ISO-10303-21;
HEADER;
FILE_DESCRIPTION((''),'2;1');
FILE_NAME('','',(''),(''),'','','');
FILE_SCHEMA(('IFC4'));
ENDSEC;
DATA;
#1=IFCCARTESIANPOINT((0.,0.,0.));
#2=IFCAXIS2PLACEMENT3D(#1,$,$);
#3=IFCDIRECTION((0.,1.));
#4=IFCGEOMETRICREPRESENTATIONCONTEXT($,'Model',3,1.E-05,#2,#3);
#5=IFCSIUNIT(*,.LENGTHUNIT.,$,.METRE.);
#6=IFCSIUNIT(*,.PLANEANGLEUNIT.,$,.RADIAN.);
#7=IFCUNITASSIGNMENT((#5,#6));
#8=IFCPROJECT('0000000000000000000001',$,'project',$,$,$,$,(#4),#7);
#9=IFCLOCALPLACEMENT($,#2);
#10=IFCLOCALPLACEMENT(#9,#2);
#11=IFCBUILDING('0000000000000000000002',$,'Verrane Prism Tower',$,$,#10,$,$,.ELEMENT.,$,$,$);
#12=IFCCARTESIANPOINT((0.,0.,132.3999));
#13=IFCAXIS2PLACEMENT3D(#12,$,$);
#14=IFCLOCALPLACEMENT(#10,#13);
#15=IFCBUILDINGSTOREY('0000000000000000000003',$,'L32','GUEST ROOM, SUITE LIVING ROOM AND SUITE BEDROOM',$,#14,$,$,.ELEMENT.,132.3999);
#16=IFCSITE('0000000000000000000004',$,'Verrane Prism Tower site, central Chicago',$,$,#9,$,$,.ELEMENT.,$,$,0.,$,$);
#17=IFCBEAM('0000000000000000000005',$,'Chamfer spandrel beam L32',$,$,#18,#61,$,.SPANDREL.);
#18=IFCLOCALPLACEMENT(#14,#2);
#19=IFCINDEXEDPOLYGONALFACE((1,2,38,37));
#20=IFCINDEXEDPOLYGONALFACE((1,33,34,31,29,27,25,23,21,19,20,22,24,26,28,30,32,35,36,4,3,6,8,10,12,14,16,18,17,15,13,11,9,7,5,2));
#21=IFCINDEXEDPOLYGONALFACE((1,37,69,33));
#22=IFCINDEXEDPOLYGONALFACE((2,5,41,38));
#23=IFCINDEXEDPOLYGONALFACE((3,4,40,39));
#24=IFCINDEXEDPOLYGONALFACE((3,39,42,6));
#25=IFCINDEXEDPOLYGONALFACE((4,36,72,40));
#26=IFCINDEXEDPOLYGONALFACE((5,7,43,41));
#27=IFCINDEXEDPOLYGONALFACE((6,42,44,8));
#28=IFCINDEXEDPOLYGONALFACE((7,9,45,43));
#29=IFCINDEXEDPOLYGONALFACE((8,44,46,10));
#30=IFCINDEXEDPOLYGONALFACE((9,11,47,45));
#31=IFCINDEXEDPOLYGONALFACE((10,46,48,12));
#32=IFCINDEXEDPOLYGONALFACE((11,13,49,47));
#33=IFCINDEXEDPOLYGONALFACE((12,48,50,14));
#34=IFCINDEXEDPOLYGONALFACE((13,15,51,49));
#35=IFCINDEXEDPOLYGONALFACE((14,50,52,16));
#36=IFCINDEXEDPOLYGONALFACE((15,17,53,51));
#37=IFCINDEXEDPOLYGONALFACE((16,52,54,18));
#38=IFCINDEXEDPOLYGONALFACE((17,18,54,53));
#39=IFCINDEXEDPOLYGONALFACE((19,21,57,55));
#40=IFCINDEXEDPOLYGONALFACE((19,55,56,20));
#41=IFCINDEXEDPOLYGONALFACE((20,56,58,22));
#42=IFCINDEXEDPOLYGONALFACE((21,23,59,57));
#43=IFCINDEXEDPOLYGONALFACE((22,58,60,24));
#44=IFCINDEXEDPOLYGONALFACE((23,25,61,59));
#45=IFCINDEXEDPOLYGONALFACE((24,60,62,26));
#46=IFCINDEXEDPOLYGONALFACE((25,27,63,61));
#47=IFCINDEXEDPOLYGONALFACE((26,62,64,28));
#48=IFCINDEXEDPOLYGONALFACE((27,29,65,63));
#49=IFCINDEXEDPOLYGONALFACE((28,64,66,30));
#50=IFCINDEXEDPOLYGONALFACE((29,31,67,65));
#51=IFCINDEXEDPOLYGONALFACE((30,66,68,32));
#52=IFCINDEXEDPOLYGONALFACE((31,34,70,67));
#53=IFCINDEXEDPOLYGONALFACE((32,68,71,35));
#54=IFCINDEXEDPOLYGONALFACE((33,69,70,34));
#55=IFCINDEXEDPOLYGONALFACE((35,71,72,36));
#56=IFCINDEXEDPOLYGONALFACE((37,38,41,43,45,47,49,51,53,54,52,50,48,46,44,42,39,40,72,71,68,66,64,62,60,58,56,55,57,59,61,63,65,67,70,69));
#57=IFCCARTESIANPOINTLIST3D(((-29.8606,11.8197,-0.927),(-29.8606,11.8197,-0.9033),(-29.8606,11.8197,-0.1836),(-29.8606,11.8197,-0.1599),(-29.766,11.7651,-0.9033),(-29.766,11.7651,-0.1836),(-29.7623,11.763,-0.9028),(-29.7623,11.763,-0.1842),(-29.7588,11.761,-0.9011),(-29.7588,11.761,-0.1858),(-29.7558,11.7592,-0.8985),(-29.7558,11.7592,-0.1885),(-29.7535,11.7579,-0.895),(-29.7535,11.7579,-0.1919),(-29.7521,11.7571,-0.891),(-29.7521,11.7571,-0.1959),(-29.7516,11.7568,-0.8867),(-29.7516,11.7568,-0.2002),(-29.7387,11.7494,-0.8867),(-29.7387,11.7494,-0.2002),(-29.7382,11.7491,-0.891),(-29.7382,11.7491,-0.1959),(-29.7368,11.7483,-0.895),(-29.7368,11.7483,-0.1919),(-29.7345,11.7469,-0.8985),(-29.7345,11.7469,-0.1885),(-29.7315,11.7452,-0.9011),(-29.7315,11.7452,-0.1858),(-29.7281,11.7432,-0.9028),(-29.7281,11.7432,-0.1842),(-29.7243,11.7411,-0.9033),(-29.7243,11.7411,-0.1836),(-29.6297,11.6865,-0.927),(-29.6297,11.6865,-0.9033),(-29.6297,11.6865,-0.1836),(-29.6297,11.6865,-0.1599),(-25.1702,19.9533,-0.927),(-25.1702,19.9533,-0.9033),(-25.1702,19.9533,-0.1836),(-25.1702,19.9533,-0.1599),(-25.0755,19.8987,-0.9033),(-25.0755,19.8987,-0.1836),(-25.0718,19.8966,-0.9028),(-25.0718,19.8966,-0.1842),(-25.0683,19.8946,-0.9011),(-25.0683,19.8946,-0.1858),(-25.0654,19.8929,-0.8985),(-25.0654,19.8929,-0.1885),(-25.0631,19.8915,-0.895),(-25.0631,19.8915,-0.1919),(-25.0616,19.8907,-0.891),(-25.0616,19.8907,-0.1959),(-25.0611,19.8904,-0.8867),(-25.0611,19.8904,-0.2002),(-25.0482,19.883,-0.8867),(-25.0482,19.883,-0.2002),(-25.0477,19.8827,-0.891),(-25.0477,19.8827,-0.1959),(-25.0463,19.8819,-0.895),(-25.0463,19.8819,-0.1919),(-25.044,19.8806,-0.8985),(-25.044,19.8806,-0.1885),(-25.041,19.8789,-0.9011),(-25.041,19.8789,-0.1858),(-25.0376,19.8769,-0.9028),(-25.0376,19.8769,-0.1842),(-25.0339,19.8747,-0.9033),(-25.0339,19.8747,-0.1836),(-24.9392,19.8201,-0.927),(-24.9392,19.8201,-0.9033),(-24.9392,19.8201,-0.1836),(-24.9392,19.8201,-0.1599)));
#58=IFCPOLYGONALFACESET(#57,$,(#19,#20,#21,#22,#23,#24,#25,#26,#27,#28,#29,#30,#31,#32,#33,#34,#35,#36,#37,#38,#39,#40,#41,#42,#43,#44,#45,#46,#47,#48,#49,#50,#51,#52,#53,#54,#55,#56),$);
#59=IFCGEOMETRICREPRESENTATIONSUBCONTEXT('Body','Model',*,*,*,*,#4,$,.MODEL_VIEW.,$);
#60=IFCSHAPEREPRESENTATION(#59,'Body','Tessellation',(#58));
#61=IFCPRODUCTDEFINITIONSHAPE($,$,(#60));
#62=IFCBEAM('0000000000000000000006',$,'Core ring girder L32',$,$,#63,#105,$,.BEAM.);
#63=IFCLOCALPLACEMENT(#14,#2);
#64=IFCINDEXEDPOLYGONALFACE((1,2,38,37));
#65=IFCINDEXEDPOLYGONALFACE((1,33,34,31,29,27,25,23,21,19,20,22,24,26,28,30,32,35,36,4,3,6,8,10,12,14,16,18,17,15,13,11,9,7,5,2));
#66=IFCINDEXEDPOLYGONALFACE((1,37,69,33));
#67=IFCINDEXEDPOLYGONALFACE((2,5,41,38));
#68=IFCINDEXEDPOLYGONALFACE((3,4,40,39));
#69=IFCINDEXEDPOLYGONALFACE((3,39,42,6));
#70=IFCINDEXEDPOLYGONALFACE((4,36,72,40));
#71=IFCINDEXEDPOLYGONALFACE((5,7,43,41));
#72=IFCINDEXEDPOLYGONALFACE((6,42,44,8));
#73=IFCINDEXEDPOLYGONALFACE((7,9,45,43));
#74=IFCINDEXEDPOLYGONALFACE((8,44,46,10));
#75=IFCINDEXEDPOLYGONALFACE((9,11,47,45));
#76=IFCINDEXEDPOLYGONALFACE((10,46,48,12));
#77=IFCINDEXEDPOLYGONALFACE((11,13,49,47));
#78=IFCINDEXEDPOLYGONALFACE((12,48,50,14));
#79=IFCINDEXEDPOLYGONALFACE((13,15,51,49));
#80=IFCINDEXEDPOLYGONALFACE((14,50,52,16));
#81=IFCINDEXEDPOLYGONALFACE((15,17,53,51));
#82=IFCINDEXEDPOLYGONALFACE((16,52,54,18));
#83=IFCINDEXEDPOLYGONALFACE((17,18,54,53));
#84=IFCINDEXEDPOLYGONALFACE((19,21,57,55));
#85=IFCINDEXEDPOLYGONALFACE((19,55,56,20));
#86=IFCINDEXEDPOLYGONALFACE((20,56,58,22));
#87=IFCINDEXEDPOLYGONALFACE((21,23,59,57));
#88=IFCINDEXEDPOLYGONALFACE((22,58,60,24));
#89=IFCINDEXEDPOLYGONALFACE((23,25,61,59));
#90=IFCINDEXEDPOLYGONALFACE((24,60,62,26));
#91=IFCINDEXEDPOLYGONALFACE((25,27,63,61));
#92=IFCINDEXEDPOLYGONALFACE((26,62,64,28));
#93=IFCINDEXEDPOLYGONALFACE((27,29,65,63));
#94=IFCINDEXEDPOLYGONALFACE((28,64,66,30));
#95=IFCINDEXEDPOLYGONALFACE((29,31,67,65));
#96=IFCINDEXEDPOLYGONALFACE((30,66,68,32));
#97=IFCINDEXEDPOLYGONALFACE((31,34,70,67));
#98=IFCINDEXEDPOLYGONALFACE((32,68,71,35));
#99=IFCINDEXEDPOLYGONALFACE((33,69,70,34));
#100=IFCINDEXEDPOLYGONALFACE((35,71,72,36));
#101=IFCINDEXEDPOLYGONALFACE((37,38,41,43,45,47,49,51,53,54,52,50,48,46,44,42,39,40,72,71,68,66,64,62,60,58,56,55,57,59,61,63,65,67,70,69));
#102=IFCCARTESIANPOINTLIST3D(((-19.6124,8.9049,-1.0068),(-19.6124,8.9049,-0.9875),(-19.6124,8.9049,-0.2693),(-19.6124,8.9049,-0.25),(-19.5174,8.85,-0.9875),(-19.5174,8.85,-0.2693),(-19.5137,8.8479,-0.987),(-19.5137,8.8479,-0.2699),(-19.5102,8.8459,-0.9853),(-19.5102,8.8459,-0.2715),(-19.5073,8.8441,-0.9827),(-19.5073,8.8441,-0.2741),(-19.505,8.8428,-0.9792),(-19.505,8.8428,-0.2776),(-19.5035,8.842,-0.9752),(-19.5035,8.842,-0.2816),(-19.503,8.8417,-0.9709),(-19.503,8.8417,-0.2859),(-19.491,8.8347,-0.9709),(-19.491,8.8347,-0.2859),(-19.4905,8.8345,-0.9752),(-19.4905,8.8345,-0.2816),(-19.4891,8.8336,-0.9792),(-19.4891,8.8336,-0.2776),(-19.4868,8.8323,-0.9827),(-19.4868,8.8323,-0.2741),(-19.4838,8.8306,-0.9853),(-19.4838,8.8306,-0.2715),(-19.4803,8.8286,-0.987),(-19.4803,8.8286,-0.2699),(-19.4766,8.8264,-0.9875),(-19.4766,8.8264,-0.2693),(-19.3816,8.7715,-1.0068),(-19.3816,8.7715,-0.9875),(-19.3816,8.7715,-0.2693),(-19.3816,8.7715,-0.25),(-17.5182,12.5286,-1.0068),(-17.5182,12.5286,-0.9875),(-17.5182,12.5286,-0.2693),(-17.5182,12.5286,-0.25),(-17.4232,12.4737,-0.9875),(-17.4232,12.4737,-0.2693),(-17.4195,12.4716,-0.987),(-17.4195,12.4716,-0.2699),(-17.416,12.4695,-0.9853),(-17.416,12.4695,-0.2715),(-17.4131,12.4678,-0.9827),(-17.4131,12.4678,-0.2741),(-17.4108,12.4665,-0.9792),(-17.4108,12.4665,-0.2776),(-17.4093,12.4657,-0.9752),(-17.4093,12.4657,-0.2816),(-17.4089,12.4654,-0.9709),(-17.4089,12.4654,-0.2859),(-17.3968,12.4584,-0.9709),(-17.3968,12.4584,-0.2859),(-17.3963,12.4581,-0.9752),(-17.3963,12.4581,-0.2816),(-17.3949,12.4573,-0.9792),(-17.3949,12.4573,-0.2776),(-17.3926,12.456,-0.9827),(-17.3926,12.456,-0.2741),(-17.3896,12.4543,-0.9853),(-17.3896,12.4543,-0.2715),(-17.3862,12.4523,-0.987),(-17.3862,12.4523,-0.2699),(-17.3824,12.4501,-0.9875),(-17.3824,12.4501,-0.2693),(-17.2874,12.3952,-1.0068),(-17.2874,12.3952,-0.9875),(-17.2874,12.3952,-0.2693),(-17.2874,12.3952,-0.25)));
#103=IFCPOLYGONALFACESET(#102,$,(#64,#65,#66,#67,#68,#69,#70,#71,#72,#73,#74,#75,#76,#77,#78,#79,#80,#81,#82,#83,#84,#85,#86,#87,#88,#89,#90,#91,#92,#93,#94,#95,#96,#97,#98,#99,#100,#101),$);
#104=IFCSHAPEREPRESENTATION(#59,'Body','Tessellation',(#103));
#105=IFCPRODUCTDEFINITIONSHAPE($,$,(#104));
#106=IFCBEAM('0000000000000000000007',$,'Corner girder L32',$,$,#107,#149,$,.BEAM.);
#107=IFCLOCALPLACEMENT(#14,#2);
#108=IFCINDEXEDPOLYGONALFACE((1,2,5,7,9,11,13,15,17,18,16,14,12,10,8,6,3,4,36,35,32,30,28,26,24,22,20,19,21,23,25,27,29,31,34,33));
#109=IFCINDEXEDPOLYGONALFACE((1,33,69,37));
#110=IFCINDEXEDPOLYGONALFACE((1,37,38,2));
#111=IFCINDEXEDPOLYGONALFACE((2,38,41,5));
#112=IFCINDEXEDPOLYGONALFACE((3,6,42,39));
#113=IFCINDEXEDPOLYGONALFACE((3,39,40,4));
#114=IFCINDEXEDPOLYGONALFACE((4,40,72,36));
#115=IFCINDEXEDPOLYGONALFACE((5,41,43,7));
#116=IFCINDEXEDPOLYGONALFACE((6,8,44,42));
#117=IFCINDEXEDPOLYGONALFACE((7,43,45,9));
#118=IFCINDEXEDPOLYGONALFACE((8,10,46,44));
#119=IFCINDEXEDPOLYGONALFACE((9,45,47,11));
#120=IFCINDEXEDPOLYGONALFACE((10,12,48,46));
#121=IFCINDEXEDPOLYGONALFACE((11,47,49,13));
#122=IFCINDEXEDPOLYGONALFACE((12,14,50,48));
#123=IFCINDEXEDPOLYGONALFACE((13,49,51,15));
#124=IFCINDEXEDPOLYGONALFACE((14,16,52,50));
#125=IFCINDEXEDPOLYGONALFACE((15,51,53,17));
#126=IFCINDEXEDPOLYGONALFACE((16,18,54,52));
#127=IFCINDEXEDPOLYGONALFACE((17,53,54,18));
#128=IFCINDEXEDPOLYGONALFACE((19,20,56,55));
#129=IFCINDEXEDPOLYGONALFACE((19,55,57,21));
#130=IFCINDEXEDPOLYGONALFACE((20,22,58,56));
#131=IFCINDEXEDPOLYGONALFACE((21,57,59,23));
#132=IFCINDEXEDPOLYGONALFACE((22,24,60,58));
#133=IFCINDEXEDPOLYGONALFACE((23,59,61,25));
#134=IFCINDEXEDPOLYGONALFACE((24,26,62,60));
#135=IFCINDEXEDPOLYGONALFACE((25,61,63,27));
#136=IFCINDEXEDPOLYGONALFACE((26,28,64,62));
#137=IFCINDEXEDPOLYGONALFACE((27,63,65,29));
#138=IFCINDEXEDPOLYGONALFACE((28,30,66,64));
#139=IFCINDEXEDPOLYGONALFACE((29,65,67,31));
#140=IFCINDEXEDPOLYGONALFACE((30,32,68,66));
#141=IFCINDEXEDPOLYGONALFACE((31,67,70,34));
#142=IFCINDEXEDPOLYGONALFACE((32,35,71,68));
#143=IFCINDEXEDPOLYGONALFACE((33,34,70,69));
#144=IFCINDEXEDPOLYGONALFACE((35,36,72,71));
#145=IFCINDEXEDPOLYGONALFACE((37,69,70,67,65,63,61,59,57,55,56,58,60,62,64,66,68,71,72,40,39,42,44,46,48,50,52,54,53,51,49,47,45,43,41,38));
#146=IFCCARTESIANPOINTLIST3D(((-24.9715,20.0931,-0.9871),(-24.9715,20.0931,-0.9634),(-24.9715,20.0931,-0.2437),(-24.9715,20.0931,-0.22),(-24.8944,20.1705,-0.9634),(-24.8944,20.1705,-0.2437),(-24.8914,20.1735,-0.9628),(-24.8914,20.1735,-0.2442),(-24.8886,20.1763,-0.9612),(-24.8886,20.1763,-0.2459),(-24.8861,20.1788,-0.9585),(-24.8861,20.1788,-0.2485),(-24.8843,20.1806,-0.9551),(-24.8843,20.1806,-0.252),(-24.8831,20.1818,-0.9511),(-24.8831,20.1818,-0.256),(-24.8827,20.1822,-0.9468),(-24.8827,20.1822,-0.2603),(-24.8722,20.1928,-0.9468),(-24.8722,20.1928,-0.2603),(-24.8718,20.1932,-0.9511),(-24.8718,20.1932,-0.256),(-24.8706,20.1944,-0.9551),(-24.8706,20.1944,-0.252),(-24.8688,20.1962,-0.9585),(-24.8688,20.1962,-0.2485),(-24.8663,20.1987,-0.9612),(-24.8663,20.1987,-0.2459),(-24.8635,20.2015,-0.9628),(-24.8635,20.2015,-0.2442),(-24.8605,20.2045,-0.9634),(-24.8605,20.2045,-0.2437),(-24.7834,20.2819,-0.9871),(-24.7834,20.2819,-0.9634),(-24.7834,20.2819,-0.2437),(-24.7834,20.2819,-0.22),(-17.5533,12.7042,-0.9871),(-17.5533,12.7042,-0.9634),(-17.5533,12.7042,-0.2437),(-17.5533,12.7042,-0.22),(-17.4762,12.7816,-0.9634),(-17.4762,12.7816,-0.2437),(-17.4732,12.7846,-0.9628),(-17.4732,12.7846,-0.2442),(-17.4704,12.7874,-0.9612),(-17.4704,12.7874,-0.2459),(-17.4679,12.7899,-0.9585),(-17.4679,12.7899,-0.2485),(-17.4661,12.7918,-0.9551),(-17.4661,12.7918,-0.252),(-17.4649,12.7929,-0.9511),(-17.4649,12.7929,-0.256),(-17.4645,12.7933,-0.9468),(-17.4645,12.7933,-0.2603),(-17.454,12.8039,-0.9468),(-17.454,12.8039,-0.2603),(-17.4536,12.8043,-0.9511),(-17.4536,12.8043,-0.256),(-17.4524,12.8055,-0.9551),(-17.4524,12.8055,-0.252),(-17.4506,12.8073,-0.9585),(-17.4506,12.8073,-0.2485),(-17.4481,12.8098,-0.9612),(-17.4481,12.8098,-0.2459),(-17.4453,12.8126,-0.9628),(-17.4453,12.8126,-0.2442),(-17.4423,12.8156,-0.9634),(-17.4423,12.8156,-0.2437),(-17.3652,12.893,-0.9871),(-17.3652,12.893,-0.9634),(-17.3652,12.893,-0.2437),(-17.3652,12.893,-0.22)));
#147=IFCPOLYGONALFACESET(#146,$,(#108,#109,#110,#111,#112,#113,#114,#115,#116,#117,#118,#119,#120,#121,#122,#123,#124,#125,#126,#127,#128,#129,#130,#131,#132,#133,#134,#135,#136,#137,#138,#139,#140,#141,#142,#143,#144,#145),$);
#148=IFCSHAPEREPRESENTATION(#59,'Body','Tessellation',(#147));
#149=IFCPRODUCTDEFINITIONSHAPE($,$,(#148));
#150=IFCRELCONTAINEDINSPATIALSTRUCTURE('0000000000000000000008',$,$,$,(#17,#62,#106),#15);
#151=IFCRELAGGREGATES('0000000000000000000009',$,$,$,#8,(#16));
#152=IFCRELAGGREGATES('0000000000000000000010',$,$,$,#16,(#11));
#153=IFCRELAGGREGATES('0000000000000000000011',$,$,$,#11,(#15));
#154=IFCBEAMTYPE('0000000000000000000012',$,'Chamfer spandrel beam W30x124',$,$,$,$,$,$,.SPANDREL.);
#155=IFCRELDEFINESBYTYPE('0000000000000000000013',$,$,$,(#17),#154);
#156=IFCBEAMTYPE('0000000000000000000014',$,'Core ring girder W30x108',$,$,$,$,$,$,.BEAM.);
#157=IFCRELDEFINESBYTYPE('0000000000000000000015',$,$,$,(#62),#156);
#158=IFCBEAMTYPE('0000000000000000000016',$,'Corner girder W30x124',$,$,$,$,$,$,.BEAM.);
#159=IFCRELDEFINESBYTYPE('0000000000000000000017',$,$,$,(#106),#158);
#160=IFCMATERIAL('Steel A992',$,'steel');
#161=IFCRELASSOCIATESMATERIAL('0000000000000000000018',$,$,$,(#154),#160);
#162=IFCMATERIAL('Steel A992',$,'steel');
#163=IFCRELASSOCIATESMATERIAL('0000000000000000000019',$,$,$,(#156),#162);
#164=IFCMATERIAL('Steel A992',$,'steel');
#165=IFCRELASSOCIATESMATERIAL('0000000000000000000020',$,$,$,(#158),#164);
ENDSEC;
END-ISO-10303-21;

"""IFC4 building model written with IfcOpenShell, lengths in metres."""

from ifc_helpers import new_model, si_unit, direction, frame, origin, origin_2d, place, context, subcontext, project, spatial, i_section, extrude, material, material_profile, profile_set, type_object, element, save


model = new_model("IFC4")

# Units and contexts
model_context = context("Model", 3, precision=1e-05, world=origin(), true_north=direction((0.0, 1.0)))
body_context = subcontext(model_context, "Body", "Model", "MODEL_VIEW")
ifc_project = project(units=[si_unit("LENGTHUNIT", "METRE"), si_unit("PLANEANGLEUNIT", "RADIAN")], contexts=[model_context])

# Site, building, storey
site_placement = place(None, origin())
site = spatial("IfcSite", under=ifc_project, at=site_placement, Name="Verrane Prism Tower site, central Chicago", CompositionType="ELEMENT", RefElevation=0.0)
building_placement = place(site_placement, origin())
building = spatial("IfcBuilding", under=site, at=building_placement, Name="Verrane Prism Tower", CompositionType="ELEMENT")
storey_placement = place(building_placement, frame((0.0, 0.0, 132.3999)))
storey = spatial("IfcBuildingStorey", under=building, at=storey_placement, Name="L32", Description="GUEST ROOM, SUITE LIVING ROOM AND SUITE BEDROOM", CompositionType="ELEMENT", Elevation=132.3999)

# Beams
ifc_material_1 = material(Name="Steel A992", Category="steel")
ifc_material_profile_1 = material_profile(ifc_material_1, i_section(OverallWidth=0.2666, OverallDepth=0.7671, WebThickness=0.0149, FlangeThickness=0.0237, FilletRadius=0.0166, at=origin_2d()), Name="W30x124")
ifc_profile_set_1 = profile_set([ifc_material_profile_1], Name="Steel A992")
beam_type_1 = type_object("IfcBeamType", Name="Chamfer spandrel beam W30x124", PredefinedType="SPANDREL", material=ifc_profile_set_1)
beam_1_placement = place(storey_placement, frame((-25.0547, 19.8867, -0.5435), z_axis=(-0.499563, -0.866278, 0.0), x_axis=(0.866278, -0.499563, 0.0)))
element("IfcBeam", 1, at=beam_1_placement, inside=storey, type_object=beam_type_1, Name="Chamfer spandrel beam L32", PredefinedType="SPANDREL", context=body_context, shape_type="SweptSolid", body=[
    extrude(i_section(OverallWidth=0.2666, OverallDepth=0.7671, WebThickness=0.0149, FlangeThickness=0.0237, FilletRadius=0.0166, at=origin_2d()), origin(), (0.0, 0.0, 1.0), 9.3892),
])
ifc_material_2 = material(Name="Steel A992", Category="steel")
ifc_material_profile_2 = material_profile(ifc_material_2, i_section(OverallWidth=0.2666, OverallDepth=0.7568, WebThickness=0.0139, FlangeThickness=0.0193, FilletRadius=0.0166, at=origin_2d()), Name="W30x108")
ifc_profile_set_2 = profile_set([ifc_material_profile_2], Name="Steel A992")
beam_type_2 = type_object("IfcBeamType", Name="Core ring girder W30x108", PredefinedType="BEAM", material=ifc_profile_set_2)
beam_2_placement = place(storey_placement, frame((-17.4028, 12.4619, -0.6284), z_axis=(-0.500367, -0.865813, 0.0), x_axis=(0.865813, -0.500367, 0.0)))
element("IfcBeam", 2, at=beam_2_placement, inside=storey, type_object=beam_type_2, Name="Core ring girder L32", PredefinedType="BEAM", context=body_context, shape_type="SweptSolid", body=[
    extrude(i_section(OverallWidth=0.2666, OverallDepth=0.7568, WebThickness=0.0139, FlangeThickness=0.0193, FilletRadius=0.0166, at=origin_2d()), origin(), (0.0, 0.0, 1.0), 4.1853),
])
ifc_material_3 = material(Name="Steel A992", Category="steel")
ifc_material_profile_3 = material_profile(ifc_material_3, i_section(OverallWidth=0.2666, OverallDepth=0.7671, WebThickness=0.0149, FlangeThickness=0.0237, FilletRadius=0.0166, at=origin_2d()), Name="W30x124")
ifc_profile_set_3 = profile_set([ifc_material_profile_3], Name="Steel A992")
beam_type_3 = type_object("IfcBeamType", Name="Corner girder W30x124", PredefinedType="BEAM", material=ifc_profile_set_3)
beam_3_placement = place(storey_placement, frame((-24.8774, 20.1875, -0.6035), z_axis=(0.708504, -0.705706, 0.0), x_axis=(0.705706, 0.708504, 0.0)))
element("IfcBeam", 3, at=beam_3_placement, inside=storey, type_object=beam_type_3, Name="Corner girder L32", PredefinedType="BEAM", context=body_context, shape_type="SweptSolid", body=[
    extrude(i_section(OverallWidth=0.2666, OverallDepth=0.7671, WebThickness=0.0149, FlangeThickness=0.0237, FilletRadius=0.0166, at=origin_2d()), origin(), (0.0, 0.0, 1.0), 10.4702),
])

save(model, "model.ifc")
